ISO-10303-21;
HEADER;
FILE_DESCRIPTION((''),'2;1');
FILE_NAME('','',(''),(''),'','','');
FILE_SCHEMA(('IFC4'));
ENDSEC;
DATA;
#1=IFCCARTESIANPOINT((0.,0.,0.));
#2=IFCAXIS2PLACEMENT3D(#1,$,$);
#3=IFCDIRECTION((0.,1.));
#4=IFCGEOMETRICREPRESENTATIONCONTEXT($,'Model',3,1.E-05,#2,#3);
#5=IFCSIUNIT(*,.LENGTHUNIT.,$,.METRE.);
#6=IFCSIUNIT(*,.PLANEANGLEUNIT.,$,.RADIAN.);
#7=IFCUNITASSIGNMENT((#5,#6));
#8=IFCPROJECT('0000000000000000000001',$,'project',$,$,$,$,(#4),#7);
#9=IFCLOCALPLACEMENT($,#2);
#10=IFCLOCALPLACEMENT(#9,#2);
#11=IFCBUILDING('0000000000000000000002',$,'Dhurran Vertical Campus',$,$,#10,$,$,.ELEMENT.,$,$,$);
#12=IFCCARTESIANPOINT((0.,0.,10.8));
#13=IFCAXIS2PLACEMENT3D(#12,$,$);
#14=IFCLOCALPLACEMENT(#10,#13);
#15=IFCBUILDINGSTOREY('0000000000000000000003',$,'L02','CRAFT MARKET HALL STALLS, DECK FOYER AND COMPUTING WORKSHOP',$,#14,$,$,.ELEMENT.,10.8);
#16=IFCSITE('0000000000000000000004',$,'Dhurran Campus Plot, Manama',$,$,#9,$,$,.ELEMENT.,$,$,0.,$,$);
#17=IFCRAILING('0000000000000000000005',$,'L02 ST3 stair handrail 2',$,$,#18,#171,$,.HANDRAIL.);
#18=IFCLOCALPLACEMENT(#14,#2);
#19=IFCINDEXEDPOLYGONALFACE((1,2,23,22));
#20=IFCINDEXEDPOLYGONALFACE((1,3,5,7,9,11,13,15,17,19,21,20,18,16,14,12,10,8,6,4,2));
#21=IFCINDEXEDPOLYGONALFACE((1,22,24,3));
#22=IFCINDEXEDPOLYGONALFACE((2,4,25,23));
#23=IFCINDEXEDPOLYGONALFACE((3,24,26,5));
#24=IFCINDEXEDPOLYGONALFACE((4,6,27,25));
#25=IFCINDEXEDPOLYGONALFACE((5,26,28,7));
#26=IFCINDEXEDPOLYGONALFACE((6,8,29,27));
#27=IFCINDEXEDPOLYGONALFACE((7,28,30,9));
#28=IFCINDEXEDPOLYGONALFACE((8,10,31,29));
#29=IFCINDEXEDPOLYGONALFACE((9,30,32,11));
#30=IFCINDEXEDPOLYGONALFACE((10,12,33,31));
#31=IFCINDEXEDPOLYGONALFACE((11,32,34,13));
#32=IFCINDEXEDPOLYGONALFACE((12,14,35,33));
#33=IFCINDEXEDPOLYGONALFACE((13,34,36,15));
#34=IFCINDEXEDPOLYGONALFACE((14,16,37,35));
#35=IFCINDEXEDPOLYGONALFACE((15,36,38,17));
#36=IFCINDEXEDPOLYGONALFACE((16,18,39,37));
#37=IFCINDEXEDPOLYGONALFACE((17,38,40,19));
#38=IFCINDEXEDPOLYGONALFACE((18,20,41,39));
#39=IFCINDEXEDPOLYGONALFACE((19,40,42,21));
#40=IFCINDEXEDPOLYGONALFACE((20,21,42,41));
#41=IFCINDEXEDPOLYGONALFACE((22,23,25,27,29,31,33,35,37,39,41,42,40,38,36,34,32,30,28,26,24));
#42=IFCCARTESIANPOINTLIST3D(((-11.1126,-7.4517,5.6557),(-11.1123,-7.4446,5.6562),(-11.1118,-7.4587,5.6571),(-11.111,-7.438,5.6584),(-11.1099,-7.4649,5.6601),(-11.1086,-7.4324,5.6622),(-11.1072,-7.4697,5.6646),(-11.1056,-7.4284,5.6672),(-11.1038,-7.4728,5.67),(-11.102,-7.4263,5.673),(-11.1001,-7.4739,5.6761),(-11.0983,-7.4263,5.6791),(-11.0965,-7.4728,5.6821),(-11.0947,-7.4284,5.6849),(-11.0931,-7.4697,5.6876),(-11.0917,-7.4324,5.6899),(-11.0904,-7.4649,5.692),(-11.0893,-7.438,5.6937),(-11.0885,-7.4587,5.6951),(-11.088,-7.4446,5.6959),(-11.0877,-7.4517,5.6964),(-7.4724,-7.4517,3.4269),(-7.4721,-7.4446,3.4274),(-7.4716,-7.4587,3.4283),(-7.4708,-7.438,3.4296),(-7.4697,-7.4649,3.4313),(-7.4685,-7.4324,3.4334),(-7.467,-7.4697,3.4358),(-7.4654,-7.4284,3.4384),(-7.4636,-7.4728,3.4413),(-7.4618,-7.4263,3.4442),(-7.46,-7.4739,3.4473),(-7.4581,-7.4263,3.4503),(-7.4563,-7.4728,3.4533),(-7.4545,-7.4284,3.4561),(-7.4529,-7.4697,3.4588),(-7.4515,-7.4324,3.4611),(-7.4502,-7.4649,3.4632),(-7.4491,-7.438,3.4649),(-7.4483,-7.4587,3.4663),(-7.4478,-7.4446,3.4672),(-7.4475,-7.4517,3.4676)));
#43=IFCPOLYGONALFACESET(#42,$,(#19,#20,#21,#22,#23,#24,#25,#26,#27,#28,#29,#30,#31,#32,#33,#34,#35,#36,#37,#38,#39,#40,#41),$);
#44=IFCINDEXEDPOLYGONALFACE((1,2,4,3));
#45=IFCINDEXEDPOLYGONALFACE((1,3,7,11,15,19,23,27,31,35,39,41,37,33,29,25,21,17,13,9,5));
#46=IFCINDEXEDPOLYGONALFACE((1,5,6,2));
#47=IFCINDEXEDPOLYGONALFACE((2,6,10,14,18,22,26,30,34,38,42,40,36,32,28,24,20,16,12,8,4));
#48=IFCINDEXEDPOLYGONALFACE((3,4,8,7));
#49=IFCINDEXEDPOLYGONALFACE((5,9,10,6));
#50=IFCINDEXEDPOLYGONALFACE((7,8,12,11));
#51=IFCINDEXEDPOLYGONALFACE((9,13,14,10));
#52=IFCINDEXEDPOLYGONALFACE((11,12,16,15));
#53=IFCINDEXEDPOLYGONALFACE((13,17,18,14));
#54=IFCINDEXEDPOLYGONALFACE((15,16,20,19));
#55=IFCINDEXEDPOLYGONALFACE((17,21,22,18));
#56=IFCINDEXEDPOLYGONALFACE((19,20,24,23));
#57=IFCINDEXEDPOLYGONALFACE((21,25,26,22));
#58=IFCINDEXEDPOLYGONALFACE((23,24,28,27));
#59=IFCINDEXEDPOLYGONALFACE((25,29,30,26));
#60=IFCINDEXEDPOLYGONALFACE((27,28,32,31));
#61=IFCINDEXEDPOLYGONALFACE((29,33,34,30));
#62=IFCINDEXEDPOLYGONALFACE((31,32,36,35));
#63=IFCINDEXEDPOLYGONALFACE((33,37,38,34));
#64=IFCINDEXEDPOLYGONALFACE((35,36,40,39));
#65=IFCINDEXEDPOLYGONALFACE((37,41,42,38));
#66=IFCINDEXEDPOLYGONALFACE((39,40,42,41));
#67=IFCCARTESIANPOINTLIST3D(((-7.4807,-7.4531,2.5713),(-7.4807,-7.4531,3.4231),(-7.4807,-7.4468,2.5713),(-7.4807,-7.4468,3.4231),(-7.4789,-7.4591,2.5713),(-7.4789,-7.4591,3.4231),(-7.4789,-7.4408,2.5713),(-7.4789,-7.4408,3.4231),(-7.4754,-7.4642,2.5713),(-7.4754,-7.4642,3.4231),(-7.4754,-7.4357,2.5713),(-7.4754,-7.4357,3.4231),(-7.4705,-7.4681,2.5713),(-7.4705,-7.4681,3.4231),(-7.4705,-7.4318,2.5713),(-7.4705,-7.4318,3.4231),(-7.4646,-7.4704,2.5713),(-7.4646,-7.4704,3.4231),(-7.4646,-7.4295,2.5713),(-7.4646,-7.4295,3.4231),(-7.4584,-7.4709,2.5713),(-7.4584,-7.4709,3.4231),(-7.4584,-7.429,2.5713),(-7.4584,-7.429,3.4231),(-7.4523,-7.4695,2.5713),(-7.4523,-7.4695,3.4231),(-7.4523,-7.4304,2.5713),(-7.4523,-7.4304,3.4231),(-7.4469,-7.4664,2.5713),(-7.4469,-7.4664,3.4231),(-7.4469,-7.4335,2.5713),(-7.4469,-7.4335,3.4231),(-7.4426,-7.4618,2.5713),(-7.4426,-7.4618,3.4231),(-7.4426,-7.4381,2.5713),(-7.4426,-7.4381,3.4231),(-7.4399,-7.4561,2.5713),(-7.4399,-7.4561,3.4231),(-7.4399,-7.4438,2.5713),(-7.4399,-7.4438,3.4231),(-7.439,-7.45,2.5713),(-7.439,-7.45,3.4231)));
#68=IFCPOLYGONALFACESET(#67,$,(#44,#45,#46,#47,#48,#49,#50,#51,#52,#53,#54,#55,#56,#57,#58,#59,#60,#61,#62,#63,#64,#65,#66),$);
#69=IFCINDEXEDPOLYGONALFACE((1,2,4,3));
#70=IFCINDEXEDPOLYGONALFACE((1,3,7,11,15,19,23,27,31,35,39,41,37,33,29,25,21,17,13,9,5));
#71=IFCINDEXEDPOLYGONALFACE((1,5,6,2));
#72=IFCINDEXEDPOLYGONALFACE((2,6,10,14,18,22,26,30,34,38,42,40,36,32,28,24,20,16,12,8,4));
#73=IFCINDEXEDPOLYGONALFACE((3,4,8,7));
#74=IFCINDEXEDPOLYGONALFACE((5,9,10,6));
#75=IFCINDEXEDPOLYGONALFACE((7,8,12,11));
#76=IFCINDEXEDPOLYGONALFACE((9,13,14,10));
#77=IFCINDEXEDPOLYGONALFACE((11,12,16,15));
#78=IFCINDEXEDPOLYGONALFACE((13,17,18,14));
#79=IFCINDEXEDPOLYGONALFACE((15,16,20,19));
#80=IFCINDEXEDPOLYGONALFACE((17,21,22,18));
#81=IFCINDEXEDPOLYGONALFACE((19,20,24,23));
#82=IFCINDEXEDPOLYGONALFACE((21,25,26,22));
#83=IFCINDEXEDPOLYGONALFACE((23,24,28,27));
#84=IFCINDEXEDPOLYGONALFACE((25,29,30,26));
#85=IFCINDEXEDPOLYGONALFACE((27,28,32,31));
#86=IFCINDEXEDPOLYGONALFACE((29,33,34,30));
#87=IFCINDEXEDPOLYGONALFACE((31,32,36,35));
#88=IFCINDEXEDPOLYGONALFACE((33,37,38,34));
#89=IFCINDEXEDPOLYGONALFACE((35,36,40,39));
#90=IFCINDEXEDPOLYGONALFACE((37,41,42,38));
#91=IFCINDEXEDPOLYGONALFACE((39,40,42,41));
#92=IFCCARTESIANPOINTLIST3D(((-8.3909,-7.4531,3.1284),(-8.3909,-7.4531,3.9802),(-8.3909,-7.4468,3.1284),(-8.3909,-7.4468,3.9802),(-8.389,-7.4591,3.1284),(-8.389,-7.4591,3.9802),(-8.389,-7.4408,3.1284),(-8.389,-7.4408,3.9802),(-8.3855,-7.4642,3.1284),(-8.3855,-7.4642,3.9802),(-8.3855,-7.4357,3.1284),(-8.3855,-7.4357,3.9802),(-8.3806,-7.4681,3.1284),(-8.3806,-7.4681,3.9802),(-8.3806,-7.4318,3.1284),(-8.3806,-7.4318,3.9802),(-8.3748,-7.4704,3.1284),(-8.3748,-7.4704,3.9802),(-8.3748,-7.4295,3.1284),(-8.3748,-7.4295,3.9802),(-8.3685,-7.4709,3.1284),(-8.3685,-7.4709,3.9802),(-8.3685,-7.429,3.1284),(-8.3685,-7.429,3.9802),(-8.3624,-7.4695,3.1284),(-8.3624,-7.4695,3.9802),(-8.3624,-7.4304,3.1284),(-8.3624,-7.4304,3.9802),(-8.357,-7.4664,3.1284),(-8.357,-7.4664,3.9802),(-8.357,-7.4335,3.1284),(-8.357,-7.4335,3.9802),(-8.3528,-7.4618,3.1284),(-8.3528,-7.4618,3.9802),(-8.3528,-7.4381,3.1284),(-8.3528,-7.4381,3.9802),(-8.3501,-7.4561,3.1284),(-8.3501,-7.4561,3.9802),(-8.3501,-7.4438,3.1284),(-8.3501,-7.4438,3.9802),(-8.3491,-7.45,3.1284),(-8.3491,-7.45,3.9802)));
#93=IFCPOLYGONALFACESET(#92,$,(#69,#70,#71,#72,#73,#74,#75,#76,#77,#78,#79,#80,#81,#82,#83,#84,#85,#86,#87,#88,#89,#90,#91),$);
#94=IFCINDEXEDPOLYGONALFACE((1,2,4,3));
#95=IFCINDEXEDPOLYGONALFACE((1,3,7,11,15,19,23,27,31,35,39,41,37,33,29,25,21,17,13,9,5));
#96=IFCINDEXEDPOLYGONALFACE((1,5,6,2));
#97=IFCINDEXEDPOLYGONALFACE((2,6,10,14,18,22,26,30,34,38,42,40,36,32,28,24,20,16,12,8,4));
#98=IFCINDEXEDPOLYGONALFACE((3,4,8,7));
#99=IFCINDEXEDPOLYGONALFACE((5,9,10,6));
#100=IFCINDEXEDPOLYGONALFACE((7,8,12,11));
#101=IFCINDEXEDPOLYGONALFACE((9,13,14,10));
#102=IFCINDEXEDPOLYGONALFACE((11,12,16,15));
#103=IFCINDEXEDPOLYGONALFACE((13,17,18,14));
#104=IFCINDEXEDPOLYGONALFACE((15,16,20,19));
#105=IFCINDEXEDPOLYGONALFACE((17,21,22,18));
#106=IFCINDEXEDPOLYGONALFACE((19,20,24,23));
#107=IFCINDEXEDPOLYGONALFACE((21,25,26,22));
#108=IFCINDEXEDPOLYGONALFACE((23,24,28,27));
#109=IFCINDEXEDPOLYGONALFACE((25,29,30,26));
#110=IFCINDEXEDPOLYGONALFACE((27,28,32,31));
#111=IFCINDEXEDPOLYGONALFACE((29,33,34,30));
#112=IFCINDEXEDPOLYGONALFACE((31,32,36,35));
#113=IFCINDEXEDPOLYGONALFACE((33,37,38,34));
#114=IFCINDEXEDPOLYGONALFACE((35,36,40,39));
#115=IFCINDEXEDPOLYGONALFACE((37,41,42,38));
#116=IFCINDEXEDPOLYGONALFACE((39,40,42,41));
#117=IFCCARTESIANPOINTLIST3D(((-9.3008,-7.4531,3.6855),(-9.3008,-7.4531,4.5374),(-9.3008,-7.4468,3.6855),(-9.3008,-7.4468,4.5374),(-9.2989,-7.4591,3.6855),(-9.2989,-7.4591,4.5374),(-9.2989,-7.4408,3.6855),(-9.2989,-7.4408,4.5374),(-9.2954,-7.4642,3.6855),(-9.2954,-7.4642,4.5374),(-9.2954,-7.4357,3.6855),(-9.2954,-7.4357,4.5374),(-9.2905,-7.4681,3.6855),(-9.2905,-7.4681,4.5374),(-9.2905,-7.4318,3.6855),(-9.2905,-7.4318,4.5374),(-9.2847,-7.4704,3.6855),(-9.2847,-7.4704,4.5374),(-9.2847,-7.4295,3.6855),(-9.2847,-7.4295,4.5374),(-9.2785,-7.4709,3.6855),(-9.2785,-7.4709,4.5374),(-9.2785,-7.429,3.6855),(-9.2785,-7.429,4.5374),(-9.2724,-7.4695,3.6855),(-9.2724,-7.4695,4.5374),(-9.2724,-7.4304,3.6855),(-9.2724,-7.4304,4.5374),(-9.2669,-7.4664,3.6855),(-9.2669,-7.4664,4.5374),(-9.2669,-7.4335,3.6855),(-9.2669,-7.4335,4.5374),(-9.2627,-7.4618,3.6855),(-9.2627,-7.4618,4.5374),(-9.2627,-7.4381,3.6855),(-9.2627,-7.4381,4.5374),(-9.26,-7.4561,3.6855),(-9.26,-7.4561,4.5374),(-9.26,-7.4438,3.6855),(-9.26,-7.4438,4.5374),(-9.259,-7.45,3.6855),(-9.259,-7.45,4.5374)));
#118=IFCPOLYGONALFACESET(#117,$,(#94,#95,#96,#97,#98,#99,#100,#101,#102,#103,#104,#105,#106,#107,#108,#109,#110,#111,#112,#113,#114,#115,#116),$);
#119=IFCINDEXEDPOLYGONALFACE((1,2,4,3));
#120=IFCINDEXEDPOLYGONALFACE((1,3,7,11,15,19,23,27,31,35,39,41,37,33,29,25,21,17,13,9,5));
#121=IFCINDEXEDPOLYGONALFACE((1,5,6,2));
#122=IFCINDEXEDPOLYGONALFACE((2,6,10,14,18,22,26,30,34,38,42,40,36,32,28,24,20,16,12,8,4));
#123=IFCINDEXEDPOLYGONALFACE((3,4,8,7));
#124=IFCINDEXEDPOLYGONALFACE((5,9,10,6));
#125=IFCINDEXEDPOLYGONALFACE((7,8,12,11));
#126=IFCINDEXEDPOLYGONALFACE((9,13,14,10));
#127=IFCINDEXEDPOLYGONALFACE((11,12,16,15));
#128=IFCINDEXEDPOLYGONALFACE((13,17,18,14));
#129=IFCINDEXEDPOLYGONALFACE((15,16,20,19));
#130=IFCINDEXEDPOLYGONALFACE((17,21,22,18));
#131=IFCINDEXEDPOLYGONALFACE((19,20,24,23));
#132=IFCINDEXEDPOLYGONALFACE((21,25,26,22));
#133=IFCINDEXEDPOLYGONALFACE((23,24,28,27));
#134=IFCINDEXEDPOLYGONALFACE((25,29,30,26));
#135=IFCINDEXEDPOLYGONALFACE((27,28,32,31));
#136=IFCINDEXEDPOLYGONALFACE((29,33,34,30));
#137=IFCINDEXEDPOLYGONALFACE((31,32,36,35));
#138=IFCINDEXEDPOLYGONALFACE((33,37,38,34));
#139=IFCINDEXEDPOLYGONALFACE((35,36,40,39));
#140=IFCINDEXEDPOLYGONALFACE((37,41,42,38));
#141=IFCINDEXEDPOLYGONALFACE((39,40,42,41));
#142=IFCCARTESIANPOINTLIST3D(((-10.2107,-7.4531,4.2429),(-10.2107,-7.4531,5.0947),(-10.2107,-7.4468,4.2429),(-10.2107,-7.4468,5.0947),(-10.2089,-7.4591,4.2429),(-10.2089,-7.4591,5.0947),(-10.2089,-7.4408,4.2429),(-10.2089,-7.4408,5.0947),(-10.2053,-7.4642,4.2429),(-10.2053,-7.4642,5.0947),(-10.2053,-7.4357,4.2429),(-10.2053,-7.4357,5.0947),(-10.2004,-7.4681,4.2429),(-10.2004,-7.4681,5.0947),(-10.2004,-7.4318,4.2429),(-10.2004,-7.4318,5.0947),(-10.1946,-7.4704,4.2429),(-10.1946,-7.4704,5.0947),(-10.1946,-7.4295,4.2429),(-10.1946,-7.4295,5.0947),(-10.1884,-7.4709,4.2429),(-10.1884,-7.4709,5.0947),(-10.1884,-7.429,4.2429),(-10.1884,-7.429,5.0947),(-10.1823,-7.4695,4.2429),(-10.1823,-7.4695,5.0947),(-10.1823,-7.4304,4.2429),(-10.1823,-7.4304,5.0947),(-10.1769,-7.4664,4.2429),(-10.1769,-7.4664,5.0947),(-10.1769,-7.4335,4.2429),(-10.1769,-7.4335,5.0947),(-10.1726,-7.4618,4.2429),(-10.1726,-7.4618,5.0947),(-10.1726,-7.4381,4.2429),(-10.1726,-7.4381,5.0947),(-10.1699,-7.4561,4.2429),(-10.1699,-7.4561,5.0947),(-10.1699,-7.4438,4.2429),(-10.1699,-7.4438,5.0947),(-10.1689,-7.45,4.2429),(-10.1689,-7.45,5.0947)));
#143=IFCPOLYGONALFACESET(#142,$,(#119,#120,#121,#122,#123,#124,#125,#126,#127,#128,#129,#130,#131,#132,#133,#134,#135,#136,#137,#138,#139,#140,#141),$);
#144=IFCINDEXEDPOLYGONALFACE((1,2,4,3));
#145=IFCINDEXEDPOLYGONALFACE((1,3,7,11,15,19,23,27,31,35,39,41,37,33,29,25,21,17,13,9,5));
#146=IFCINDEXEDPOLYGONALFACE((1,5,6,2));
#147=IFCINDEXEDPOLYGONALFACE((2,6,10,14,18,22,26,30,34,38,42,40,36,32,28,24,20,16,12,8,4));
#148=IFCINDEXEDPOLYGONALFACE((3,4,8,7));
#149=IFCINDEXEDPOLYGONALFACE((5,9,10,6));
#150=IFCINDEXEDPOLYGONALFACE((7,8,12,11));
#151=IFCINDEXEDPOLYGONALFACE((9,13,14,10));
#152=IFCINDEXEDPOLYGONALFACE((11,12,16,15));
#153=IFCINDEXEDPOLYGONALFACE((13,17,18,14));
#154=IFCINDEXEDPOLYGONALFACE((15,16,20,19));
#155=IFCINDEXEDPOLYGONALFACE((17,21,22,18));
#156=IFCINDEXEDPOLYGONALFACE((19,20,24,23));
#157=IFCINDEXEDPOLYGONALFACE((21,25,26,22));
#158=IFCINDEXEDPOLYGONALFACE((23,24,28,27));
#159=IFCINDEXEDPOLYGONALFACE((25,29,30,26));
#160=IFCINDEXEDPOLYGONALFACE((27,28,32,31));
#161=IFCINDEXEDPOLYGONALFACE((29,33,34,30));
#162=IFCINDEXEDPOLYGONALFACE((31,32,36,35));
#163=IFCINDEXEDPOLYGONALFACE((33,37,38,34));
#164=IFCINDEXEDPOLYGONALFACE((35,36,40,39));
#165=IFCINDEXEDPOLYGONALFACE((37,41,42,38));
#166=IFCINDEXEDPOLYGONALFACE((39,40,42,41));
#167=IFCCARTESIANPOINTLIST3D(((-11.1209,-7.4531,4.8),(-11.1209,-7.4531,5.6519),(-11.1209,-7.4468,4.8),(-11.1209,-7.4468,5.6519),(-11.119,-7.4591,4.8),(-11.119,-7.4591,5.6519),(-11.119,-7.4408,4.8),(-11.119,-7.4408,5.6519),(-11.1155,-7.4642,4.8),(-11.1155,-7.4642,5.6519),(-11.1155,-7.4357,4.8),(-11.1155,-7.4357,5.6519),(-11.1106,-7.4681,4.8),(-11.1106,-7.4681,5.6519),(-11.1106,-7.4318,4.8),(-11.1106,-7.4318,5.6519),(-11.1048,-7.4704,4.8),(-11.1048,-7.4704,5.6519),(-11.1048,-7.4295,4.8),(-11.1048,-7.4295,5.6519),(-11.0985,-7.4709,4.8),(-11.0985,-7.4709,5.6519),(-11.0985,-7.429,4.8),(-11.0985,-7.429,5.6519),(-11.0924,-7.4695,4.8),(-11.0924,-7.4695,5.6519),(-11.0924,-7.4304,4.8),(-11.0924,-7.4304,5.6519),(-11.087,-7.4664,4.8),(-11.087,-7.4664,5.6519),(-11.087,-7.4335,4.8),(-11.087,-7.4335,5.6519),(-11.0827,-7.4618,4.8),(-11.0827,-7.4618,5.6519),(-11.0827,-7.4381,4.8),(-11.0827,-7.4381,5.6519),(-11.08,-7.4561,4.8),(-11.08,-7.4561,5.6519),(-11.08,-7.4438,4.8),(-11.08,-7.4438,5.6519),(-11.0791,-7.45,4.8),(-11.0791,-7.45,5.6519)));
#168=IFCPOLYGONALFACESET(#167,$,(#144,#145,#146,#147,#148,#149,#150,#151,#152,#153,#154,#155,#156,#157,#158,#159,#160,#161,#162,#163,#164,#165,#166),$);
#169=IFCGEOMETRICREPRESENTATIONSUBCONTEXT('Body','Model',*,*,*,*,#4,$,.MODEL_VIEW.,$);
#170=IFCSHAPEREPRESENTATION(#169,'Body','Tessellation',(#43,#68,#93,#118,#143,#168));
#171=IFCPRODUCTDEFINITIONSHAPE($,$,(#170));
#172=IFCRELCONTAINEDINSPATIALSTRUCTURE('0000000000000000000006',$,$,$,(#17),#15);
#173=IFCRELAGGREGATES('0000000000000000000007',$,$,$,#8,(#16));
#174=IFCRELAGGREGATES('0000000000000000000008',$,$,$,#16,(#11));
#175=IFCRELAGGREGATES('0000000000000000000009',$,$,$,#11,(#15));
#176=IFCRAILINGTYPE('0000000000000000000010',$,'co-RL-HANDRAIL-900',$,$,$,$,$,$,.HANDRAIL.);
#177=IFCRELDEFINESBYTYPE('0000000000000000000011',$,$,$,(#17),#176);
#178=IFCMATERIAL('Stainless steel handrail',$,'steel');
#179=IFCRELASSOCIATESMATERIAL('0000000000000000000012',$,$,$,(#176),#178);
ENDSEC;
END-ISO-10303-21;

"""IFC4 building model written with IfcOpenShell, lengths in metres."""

from ifc_helpers import new_model, si_unit, direction, frame, origin, origin_2d, place, context, subcontext, project, spatial, circle, extrude, material, type_object, element, save


model = new_model("IFC4")

# Units and contexts
model_context = context("Model", 3, precision=1e-05, world=origin(), true_north=direction((0.0, 1.0)))
body_context = subcontext(model_context, "Body", "Model", "MODEL_VIEW")
ifc_project = project(units=[si_unit("LENGTHUNIT", "METRE"), si_unit("PLANEANGLEUNIT", "RADIAN")], contexts=[model_context])

# Site, building, storey
site_placement = place(None, origin())
site = spatial("IfcSite", under=ifc_project, at=site_placement, Name="Dhurran Campus Plot, Manama", CompositionType="ELEMENT", RefElevation=0.0)
building_placement = place(site_placement, origin())
building = spatial("IfcBuilding", under=site, at=building_placement, Name="Dhurran Vertical Campus", CompositionType="ELEMENT")
storey_placement = place(building_placement, frame((0.0, 0.0, 10.8)))
storey = spatial("IfcBuildingStorey", under=building, at=storey_placement, Name="L02", Description="CRAFT MARKET HALL STALLS, DECK FOYER AND COMPUTING WORKSHOP", CompositionType="ELEMENT", Elevation=10.8)

# Railing
ifc_material_1 = material(Name="Stainless steel handrail", Category="steel")
railing_type_1 = type_object("IfcRailingType", Name="co-RL-HANDRAIL-900", PredefinedType="HANDRAIL", material=ifc_material_1)
railing_1_placement = place(storey_placement, frame((-7.46, -7.45, 2.5713)))
element("IfcRailing", 1, at=railing_1_placement, inside=storey, type_object=railing_type_1, Name="L02 ST3 stair handrail 2", PredefinedType="HANDRAIL", context=body_context, shape_type="SweptSolid", body=[
    extrude(circle(Radius=0.0239, at=origin_2d()), frame((0.0, 0.0, 0.876), z_axis=(-0.85284, 0.0, 0.522172), x_axis=(0.0, -1.0, 0.0)), (0.0, 0.0, 1.0), 4.2683),
    extrude(circle(Radius=0.021, at=origin_2d()), origin(), (0.0, 0.0, 1.0), 0.8518),
    extrude(circle(Radius=0.021, at=origin_2d()), frame((-0.9102, 0.0, 0.5571)), (0.0, 0.0, 1.0), 0.8518),
    extrude(circle(Radius=0.021, at=origin_2d()), frame((-1.8201, 0.0, 1.1143)), (0.0, 0.0, 1.0), 0.8518),
    extrude(circle(Radius=0.021, at=origin_2d()), frame((-2.73, 0.0, 1.6716)), (0.0, 0.0, 1.0), 0.8518),
    extrude(circle(Radius=0.021, at=origin_2d()), frame((-3.6401, 0.0, 2.2288)), (0.0, 0.0, 1.0), 0.8518),
])

save(model, "model.ifc")
